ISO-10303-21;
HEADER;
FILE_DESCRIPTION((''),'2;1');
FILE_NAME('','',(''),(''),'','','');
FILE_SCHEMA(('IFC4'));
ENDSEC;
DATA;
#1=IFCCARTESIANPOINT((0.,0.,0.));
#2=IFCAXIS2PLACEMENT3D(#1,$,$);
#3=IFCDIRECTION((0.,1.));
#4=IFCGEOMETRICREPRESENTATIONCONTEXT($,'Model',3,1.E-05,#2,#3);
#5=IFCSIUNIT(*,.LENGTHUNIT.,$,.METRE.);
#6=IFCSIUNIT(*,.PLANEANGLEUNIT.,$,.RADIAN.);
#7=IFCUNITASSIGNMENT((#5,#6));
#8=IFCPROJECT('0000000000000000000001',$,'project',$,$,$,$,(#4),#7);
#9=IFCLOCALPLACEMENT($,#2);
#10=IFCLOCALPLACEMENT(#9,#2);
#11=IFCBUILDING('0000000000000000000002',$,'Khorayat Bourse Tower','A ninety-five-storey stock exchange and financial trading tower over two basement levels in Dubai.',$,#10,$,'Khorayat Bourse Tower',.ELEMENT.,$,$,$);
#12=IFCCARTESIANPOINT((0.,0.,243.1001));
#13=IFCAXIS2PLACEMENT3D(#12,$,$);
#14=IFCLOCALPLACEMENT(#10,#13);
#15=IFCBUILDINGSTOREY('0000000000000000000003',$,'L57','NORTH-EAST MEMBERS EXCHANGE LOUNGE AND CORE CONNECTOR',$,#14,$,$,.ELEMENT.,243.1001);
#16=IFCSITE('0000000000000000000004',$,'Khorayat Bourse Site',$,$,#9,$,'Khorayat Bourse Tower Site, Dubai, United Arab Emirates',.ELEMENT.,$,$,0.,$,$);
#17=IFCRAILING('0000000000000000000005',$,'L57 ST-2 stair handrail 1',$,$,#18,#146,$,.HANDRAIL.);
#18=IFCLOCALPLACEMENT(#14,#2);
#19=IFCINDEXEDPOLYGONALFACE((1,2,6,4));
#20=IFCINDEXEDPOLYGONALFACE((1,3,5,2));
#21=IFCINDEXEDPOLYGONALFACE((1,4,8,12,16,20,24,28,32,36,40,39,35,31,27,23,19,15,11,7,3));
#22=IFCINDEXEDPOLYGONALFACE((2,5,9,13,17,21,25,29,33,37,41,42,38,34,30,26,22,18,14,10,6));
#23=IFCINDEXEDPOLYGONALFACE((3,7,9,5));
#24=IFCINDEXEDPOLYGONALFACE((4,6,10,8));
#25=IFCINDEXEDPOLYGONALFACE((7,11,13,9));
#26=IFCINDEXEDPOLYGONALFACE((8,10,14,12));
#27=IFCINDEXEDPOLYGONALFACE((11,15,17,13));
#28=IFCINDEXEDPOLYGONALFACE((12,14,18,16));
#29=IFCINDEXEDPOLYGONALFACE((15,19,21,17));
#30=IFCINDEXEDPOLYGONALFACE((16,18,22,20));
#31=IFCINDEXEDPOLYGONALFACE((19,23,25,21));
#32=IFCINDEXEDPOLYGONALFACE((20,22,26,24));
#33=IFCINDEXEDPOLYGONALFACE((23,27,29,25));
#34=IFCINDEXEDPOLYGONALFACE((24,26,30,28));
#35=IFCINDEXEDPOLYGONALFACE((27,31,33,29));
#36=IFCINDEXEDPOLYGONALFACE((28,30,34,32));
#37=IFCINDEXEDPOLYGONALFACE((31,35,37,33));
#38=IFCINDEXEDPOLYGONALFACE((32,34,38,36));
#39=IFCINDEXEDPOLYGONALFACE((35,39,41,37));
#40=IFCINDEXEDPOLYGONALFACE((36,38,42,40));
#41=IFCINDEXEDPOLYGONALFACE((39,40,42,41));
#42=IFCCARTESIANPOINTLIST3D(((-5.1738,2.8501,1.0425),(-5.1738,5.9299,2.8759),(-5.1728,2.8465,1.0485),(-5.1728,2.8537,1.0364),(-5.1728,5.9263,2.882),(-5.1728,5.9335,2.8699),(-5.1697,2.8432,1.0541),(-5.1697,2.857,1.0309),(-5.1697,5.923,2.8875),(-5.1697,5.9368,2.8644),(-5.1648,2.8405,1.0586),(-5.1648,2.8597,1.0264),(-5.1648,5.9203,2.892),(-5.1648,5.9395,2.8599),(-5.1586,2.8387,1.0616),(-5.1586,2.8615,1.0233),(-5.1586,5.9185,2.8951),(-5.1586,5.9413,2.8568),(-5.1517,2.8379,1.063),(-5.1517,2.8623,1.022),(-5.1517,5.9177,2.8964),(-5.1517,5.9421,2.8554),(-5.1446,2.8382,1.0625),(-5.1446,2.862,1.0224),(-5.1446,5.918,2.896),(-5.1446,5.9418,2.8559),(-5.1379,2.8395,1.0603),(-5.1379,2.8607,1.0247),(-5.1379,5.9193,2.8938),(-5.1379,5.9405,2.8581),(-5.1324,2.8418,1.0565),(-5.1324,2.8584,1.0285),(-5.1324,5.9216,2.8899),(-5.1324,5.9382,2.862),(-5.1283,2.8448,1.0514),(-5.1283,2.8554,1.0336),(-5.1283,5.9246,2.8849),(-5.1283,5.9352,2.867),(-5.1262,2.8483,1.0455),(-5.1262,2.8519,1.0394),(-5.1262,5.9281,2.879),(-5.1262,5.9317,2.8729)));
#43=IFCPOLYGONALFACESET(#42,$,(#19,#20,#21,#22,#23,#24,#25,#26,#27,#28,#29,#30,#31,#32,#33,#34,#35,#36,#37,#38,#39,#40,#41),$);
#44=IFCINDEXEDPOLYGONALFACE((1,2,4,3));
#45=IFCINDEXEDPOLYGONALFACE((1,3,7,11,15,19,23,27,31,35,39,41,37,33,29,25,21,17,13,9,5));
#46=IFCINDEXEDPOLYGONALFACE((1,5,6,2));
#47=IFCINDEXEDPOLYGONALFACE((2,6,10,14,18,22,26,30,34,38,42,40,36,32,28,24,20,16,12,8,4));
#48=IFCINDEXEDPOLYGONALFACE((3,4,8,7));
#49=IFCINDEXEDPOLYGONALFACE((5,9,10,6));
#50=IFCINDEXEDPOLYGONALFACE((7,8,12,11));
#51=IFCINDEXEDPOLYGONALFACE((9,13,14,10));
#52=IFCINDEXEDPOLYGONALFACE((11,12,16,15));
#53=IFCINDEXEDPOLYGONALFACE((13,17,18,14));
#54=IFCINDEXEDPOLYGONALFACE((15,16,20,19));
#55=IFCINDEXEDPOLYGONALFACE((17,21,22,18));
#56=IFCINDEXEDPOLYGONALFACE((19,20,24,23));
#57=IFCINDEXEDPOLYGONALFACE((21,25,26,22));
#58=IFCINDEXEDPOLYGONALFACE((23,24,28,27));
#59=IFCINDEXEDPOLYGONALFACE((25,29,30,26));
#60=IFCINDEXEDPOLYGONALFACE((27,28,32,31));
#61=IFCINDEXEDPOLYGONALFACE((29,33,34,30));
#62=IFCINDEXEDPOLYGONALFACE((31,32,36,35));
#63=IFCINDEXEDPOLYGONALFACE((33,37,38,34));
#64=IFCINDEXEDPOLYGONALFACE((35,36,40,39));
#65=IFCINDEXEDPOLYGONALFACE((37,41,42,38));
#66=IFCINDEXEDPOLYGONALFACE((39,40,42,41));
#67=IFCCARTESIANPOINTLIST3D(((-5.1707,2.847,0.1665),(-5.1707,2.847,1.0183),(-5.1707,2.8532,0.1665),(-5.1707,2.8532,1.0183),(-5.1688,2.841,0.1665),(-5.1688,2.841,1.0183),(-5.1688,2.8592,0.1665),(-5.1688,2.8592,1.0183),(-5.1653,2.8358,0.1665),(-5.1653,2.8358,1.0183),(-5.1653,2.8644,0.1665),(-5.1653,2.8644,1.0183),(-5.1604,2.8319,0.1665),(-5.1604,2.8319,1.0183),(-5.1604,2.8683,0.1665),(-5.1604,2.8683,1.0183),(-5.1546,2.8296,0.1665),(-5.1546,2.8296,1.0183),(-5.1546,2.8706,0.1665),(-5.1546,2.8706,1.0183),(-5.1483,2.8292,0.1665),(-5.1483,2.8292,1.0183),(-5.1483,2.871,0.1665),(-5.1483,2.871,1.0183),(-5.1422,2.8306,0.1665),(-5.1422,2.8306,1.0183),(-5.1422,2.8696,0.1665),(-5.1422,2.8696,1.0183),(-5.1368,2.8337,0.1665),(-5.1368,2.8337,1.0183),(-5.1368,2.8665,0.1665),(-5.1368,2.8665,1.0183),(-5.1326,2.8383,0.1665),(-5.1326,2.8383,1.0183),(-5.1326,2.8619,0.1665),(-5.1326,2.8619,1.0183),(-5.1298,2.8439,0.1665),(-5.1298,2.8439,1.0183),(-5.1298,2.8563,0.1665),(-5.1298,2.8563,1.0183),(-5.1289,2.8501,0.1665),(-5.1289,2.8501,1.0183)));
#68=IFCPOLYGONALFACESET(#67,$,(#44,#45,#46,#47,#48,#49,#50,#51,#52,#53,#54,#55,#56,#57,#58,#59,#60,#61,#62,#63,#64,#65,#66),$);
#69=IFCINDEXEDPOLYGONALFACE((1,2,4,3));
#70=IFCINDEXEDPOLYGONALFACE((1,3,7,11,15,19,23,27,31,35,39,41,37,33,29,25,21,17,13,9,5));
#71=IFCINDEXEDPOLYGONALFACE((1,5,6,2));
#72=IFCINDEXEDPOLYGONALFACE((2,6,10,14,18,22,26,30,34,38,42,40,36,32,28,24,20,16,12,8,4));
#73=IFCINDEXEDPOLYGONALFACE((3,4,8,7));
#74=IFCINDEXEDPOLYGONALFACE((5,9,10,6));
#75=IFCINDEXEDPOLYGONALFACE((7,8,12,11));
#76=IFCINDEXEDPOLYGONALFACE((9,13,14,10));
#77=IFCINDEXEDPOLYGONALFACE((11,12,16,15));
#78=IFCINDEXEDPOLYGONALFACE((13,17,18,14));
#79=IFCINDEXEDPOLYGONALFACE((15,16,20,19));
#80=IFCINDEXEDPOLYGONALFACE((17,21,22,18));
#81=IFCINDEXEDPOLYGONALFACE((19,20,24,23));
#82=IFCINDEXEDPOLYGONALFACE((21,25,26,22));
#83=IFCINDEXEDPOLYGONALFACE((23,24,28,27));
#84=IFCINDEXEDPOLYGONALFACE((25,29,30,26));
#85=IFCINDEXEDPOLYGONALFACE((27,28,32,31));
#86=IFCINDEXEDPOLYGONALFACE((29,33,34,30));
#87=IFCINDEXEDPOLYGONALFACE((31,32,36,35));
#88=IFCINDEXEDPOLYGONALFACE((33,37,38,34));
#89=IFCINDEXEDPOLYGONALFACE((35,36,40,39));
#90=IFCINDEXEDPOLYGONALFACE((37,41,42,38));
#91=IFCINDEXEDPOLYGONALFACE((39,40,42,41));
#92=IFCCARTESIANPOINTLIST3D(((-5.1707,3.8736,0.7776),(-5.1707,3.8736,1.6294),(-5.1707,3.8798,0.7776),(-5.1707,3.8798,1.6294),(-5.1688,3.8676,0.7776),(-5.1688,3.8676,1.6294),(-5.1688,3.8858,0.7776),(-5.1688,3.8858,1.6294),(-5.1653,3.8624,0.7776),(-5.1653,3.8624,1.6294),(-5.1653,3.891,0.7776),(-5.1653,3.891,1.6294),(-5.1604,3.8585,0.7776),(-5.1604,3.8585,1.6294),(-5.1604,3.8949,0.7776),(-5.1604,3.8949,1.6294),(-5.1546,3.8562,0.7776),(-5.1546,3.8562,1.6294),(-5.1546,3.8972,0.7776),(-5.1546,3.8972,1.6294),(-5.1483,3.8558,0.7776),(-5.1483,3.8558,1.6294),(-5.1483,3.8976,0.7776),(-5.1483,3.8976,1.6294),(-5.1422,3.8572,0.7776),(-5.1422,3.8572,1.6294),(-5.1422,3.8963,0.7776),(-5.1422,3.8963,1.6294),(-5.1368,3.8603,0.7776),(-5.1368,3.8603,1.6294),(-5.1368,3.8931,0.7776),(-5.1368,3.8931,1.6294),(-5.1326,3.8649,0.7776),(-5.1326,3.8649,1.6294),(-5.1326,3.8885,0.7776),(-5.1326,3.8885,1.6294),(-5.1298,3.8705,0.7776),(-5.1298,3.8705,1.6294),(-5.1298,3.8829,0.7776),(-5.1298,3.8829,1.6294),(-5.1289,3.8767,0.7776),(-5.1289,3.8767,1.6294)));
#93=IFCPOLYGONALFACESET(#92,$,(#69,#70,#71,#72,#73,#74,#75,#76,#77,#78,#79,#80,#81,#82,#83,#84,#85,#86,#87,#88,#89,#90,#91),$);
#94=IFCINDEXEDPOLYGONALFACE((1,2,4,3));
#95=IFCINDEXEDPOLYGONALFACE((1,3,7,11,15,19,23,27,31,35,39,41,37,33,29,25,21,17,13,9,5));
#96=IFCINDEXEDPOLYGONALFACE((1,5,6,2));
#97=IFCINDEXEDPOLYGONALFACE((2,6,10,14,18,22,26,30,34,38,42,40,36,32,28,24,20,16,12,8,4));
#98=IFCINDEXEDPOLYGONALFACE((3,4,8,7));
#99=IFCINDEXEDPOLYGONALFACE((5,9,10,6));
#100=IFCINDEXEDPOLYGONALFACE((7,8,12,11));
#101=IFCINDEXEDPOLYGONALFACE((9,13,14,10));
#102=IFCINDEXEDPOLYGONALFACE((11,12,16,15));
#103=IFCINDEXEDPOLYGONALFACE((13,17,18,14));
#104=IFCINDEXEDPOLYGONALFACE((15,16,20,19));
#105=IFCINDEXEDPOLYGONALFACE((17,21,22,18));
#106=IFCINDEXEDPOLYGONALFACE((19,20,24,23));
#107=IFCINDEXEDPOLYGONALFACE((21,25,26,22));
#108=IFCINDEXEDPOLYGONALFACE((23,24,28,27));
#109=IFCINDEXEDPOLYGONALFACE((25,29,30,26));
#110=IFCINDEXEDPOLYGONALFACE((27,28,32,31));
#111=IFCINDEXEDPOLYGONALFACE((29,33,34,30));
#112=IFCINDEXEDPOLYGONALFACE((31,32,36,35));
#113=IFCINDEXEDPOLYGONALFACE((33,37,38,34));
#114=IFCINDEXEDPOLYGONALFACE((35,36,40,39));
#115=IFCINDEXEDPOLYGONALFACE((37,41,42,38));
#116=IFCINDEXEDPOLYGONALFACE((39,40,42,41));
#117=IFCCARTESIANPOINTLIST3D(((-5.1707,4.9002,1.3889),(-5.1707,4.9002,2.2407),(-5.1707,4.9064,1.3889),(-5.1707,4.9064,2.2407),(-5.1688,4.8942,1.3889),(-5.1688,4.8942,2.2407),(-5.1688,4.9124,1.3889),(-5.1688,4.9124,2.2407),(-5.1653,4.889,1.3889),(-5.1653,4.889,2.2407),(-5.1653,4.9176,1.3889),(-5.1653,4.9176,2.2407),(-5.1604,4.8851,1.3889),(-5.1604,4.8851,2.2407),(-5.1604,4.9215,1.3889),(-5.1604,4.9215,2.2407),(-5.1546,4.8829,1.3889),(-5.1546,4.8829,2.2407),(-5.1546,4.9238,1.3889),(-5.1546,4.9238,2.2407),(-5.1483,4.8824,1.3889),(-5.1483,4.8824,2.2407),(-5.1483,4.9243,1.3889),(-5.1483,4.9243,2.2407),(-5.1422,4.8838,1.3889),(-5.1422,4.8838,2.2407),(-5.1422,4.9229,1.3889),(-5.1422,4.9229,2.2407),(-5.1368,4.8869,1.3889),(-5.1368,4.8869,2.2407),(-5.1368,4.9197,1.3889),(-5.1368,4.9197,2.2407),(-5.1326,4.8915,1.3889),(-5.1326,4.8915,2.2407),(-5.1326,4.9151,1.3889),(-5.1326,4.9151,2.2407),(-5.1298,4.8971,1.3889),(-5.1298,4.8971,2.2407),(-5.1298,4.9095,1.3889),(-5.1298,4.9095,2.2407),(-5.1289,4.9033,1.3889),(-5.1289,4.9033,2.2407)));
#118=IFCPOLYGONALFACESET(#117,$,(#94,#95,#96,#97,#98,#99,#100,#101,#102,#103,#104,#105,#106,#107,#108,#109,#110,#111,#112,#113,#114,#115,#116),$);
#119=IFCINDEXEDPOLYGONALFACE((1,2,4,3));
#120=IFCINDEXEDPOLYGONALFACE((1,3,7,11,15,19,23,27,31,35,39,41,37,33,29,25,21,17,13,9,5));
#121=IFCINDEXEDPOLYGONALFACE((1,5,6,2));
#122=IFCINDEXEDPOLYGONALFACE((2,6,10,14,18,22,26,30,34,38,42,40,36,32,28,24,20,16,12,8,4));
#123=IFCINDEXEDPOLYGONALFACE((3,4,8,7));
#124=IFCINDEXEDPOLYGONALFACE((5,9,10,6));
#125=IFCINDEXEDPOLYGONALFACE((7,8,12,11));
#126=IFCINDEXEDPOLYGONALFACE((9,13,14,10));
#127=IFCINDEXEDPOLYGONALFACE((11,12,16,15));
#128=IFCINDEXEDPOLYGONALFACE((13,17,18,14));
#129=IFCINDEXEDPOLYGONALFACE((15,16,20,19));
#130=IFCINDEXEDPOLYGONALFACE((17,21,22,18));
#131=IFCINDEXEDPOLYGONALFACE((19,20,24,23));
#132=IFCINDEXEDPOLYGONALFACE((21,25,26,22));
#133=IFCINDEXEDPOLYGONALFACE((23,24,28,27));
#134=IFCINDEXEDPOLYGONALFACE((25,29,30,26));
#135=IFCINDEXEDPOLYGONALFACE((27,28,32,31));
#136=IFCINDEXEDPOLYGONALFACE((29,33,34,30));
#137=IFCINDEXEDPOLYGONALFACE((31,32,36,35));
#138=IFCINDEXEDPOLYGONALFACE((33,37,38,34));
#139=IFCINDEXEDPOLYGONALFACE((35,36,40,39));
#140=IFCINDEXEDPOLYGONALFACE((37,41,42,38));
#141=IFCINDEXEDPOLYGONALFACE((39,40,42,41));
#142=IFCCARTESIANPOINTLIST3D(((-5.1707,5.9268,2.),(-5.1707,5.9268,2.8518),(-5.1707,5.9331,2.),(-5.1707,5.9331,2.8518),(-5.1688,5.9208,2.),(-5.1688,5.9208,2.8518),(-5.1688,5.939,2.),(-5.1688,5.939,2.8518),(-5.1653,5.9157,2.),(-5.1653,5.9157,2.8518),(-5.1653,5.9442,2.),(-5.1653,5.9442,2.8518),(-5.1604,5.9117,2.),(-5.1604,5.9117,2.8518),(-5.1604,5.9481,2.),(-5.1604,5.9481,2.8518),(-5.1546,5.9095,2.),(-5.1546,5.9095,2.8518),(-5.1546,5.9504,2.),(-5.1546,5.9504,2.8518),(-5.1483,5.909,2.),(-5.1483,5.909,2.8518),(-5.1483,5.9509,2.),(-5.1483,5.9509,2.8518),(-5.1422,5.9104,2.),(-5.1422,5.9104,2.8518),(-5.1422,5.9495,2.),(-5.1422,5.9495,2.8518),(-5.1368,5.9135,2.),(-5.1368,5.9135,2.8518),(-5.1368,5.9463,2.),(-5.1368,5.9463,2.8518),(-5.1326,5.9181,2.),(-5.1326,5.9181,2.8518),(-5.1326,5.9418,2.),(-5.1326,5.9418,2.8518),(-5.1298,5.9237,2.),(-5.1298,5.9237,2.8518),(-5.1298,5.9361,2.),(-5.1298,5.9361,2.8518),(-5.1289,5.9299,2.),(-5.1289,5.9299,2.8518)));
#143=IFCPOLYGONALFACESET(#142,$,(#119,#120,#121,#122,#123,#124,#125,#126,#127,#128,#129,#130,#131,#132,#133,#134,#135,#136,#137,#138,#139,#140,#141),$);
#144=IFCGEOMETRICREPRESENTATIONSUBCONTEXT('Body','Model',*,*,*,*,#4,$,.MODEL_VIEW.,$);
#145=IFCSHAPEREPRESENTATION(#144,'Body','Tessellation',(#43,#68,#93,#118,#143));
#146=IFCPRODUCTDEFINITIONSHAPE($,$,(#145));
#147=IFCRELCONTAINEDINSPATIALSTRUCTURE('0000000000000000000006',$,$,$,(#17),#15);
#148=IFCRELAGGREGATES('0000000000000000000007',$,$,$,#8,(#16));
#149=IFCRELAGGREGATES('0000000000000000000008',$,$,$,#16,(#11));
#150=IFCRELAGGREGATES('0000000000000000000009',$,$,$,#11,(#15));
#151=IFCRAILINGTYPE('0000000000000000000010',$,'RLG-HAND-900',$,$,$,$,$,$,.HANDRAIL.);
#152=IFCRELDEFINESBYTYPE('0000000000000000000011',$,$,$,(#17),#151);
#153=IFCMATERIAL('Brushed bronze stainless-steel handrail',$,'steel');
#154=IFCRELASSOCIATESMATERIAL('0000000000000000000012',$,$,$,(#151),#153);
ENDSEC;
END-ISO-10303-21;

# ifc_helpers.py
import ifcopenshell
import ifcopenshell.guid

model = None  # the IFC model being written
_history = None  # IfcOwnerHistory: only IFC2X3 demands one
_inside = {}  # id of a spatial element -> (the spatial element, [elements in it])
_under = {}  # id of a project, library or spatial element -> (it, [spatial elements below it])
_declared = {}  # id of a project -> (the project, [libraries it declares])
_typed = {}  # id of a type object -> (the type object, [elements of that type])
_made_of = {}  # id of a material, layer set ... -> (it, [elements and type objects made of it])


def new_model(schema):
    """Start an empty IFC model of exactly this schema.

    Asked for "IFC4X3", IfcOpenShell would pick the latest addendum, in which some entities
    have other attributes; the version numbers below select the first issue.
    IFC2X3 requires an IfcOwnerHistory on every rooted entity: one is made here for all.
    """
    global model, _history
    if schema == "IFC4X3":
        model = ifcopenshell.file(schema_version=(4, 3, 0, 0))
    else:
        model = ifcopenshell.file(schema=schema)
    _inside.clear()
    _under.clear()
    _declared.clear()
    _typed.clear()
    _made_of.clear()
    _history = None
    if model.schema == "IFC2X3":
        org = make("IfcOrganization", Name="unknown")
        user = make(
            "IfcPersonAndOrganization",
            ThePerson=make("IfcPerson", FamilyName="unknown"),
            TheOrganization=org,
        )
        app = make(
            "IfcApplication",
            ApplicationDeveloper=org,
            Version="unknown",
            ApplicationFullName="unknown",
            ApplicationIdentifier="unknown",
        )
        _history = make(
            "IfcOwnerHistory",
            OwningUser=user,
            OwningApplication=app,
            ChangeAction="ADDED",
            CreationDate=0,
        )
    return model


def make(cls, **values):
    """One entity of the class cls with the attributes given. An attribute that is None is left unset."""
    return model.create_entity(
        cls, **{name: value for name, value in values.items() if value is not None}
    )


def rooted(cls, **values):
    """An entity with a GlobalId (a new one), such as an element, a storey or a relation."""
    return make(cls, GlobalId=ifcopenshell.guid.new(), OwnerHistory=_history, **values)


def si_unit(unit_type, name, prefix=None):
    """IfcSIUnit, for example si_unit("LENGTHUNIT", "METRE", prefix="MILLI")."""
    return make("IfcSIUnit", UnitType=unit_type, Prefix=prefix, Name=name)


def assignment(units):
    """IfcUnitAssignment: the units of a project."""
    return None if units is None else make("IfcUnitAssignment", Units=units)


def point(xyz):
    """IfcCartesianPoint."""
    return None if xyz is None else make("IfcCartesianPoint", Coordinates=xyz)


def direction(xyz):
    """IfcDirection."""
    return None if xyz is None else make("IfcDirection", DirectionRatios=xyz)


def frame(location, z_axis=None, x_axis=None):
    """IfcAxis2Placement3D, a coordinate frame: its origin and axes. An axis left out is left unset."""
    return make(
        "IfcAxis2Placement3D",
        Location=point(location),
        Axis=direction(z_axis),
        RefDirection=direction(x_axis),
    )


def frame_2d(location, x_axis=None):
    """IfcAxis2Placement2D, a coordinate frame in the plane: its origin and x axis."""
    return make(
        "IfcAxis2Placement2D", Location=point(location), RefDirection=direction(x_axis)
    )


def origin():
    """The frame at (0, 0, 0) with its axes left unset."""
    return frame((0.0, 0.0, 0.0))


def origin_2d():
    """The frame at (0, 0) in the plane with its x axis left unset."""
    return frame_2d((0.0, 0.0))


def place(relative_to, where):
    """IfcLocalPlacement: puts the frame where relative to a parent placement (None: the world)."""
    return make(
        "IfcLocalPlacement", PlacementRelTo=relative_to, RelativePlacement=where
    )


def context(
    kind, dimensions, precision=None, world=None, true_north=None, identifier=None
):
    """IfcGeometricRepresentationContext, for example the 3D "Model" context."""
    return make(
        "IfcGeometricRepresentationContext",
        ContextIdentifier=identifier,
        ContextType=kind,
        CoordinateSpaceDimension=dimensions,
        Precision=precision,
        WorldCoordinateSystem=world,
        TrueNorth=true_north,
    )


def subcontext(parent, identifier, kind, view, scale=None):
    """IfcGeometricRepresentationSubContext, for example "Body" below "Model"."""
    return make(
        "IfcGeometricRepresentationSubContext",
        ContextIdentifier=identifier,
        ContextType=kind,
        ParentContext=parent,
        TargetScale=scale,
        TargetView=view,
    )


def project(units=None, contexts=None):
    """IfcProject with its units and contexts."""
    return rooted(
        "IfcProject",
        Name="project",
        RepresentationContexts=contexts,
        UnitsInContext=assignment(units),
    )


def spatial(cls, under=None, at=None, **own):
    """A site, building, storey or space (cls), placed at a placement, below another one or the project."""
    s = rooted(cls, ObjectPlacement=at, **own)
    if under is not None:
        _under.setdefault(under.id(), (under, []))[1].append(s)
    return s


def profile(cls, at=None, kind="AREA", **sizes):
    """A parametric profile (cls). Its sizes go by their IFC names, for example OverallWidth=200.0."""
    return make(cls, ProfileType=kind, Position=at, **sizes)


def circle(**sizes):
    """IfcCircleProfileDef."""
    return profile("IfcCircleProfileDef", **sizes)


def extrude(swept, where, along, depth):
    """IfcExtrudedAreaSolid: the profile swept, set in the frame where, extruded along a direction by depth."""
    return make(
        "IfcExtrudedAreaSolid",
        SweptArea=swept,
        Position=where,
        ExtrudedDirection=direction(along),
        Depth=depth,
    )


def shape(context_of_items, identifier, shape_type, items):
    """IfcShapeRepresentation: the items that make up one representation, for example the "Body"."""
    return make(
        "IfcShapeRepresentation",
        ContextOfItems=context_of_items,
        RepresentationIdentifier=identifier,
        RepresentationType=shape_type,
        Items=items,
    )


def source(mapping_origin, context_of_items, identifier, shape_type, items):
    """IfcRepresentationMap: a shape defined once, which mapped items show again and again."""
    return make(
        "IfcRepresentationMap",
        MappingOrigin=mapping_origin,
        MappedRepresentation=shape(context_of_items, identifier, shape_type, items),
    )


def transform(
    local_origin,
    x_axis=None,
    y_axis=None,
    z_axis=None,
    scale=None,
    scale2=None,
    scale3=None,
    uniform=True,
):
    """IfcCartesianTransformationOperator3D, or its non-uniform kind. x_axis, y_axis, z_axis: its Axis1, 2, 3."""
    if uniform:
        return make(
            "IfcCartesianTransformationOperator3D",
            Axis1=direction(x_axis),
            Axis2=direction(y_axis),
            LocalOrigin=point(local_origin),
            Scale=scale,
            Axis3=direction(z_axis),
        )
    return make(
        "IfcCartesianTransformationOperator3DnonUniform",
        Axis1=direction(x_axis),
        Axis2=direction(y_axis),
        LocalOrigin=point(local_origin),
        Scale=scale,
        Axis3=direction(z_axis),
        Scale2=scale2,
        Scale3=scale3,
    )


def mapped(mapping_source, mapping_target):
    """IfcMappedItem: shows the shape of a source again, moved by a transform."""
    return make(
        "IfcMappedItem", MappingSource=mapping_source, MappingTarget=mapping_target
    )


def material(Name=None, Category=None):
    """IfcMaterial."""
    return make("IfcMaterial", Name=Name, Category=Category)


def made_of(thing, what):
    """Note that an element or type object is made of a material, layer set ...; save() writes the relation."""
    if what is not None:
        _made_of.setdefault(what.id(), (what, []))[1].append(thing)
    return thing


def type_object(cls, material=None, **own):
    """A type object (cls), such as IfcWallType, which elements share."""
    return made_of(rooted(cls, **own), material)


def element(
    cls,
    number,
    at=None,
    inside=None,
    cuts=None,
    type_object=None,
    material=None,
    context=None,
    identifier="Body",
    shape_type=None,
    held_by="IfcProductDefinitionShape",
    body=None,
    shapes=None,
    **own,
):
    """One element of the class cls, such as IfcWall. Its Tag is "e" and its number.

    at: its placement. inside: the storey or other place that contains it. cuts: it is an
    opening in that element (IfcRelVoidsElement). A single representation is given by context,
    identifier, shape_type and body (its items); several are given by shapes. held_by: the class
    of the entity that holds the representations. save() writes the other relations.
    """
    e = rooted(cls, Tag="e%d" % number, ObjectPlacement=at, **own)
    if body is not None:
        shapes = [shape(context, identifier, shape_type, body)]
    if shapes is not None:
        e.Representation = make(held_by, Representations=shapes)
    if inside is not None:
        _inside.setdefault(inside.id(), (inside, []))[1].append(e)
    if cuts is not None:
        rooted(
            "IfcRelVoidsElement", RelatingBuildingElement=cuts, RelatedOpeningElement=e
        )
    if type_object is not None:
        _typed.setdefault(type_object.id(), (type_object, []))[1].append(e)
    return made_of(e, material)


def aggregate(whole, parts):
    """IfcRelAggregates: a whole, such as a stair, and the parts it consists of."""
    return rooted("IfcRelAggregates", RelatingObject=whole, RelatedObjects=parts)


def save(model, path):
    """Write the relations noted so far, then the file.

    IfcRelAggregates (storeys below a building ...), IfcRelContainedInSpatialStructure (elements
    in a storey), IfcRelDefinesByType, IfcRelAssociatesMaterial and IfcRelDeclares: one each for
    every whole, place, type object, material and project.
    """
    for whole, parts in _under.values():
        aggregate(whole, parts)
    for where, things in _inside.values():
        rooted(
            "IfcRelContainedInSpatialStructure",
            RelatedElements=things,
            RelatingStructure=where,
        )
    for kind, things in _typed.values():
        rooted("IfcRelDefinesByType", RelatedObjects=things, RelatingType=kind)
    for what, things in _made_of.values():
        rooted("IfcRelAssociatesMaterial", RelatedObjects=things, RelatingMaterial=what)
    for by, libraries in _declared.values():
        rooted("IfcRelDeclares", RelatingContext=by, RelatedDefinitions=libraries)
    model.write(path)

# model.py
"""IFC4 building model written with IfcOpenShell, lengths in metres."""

from ifc_helpers import new_model, si_unit, direction, frame, origin, origin_2d, place, context, subcontext, project, spatial, circle, extrude, source, transform, mapped, material, type_object, element, save


model = new_model("IFC4")

# Units and contexts
model_context = context("Model", 3, precision=1e-05, world=origin(), true_north=direction((0.0, 1.0)))
body_context = subcontext(model_context, "Body", "Model", "MODEL_VIEW")
ifc_project = project(units=[si_unit("LENGTHUNIT", "METRE"), si_unit("PLANEANGLEUNIT", "RADIAN")], contexts=[model_context])

# Site, building, storey
site_placement = place(None, origin())
site = spatial("IfcSite", under=ifc_project, at=site_placement, Name="Khorayat Bourse Site", LongName="Khorayat Bourse Tower Site, Dubai, United Arab Emirates", CompositionType="ELEMENT", RefElevation=0.0)
building_placement = place(site_placement, origin())
building = spatial("IfcBuilding", under=site, at=building_placement, Name="Khorayat Bourse Tower", Description="A ninety-five-storey stock exchange and financial trading tower over two basement levels in Dubai.", LongName="Khorayat Bourse Tower", CompositionType="ELEMENT")
storey_placement = place(building_placement, frame((0.0, 0.0, 243.1001)))
storey = spatial("IfcBuildingStorey", under=building, at=storey_placement, Name="L57", Description="NORTH-EAST MEMBERS EXCHANGE LOUNGE AND CORE CONNECTOR", CompositionType="ELEMENT", Elevation=243.1001)

# Railing
ifc_material_1 = material(Name="Brushed bronze stainless-steel handrail", Category="steel")
railing_type_1 = type_object("IfcRailingType", Name="RLG-HAND-900", PredefinedType="HANDRAIL", material=ifc_material_1)
shared_shape_1 = source(origin(), body_context, "Body", "SweptSolid", [
    extrude(circle(Radius=0.0239, at=origin_2d()), frame((0.0, 0.0, 0.876), z_axis=(0.0, 0.859261, 0.511538), x_axis=(-1.0, 0.0, 0.0)), (0.0, 0.0, 1.0), 3.5842),
    extrude(circle(Radius=0.021, at=origin_2d()), origin(), (0.0, 0.0, 1.0), 0.8518),
    extrude(circle(Radius=0.021, at=origin_2d()), frame((0.0, 1.0266, 0.6111)), (0.0, 0.0, 1.0), 0.8518),
    extrude(circle(Radius=0.021, at=origin_2d()), frame((0.0, 2.0532, 1.2224)), (0.0, 0.0, 1.0), 0.8518),
    extrude(circle(Radius=0.021, at=origin_2d()), frame((0.0, 3.0798, 1.8335)), (0.0, 0.0, 1.0), 0.8518),
])
railing_1_placement = place(storey_placement, frame((-5.1499, 2.8501, 0.1665)))
element("IfcRailing", 1, at=railing_1_placement, inside=storey, type_object=railing_type_1, Name="L57 ST-2 stair handrail 1", PredefinedType="HANDRAIL", context=body_context, shape_type="MappedRepresentation", body=[
    mapped(shared_shape_1, transform((0.0, 0.0, 0.0), scale=1.0)),
])

save(model, "model.ifc")
